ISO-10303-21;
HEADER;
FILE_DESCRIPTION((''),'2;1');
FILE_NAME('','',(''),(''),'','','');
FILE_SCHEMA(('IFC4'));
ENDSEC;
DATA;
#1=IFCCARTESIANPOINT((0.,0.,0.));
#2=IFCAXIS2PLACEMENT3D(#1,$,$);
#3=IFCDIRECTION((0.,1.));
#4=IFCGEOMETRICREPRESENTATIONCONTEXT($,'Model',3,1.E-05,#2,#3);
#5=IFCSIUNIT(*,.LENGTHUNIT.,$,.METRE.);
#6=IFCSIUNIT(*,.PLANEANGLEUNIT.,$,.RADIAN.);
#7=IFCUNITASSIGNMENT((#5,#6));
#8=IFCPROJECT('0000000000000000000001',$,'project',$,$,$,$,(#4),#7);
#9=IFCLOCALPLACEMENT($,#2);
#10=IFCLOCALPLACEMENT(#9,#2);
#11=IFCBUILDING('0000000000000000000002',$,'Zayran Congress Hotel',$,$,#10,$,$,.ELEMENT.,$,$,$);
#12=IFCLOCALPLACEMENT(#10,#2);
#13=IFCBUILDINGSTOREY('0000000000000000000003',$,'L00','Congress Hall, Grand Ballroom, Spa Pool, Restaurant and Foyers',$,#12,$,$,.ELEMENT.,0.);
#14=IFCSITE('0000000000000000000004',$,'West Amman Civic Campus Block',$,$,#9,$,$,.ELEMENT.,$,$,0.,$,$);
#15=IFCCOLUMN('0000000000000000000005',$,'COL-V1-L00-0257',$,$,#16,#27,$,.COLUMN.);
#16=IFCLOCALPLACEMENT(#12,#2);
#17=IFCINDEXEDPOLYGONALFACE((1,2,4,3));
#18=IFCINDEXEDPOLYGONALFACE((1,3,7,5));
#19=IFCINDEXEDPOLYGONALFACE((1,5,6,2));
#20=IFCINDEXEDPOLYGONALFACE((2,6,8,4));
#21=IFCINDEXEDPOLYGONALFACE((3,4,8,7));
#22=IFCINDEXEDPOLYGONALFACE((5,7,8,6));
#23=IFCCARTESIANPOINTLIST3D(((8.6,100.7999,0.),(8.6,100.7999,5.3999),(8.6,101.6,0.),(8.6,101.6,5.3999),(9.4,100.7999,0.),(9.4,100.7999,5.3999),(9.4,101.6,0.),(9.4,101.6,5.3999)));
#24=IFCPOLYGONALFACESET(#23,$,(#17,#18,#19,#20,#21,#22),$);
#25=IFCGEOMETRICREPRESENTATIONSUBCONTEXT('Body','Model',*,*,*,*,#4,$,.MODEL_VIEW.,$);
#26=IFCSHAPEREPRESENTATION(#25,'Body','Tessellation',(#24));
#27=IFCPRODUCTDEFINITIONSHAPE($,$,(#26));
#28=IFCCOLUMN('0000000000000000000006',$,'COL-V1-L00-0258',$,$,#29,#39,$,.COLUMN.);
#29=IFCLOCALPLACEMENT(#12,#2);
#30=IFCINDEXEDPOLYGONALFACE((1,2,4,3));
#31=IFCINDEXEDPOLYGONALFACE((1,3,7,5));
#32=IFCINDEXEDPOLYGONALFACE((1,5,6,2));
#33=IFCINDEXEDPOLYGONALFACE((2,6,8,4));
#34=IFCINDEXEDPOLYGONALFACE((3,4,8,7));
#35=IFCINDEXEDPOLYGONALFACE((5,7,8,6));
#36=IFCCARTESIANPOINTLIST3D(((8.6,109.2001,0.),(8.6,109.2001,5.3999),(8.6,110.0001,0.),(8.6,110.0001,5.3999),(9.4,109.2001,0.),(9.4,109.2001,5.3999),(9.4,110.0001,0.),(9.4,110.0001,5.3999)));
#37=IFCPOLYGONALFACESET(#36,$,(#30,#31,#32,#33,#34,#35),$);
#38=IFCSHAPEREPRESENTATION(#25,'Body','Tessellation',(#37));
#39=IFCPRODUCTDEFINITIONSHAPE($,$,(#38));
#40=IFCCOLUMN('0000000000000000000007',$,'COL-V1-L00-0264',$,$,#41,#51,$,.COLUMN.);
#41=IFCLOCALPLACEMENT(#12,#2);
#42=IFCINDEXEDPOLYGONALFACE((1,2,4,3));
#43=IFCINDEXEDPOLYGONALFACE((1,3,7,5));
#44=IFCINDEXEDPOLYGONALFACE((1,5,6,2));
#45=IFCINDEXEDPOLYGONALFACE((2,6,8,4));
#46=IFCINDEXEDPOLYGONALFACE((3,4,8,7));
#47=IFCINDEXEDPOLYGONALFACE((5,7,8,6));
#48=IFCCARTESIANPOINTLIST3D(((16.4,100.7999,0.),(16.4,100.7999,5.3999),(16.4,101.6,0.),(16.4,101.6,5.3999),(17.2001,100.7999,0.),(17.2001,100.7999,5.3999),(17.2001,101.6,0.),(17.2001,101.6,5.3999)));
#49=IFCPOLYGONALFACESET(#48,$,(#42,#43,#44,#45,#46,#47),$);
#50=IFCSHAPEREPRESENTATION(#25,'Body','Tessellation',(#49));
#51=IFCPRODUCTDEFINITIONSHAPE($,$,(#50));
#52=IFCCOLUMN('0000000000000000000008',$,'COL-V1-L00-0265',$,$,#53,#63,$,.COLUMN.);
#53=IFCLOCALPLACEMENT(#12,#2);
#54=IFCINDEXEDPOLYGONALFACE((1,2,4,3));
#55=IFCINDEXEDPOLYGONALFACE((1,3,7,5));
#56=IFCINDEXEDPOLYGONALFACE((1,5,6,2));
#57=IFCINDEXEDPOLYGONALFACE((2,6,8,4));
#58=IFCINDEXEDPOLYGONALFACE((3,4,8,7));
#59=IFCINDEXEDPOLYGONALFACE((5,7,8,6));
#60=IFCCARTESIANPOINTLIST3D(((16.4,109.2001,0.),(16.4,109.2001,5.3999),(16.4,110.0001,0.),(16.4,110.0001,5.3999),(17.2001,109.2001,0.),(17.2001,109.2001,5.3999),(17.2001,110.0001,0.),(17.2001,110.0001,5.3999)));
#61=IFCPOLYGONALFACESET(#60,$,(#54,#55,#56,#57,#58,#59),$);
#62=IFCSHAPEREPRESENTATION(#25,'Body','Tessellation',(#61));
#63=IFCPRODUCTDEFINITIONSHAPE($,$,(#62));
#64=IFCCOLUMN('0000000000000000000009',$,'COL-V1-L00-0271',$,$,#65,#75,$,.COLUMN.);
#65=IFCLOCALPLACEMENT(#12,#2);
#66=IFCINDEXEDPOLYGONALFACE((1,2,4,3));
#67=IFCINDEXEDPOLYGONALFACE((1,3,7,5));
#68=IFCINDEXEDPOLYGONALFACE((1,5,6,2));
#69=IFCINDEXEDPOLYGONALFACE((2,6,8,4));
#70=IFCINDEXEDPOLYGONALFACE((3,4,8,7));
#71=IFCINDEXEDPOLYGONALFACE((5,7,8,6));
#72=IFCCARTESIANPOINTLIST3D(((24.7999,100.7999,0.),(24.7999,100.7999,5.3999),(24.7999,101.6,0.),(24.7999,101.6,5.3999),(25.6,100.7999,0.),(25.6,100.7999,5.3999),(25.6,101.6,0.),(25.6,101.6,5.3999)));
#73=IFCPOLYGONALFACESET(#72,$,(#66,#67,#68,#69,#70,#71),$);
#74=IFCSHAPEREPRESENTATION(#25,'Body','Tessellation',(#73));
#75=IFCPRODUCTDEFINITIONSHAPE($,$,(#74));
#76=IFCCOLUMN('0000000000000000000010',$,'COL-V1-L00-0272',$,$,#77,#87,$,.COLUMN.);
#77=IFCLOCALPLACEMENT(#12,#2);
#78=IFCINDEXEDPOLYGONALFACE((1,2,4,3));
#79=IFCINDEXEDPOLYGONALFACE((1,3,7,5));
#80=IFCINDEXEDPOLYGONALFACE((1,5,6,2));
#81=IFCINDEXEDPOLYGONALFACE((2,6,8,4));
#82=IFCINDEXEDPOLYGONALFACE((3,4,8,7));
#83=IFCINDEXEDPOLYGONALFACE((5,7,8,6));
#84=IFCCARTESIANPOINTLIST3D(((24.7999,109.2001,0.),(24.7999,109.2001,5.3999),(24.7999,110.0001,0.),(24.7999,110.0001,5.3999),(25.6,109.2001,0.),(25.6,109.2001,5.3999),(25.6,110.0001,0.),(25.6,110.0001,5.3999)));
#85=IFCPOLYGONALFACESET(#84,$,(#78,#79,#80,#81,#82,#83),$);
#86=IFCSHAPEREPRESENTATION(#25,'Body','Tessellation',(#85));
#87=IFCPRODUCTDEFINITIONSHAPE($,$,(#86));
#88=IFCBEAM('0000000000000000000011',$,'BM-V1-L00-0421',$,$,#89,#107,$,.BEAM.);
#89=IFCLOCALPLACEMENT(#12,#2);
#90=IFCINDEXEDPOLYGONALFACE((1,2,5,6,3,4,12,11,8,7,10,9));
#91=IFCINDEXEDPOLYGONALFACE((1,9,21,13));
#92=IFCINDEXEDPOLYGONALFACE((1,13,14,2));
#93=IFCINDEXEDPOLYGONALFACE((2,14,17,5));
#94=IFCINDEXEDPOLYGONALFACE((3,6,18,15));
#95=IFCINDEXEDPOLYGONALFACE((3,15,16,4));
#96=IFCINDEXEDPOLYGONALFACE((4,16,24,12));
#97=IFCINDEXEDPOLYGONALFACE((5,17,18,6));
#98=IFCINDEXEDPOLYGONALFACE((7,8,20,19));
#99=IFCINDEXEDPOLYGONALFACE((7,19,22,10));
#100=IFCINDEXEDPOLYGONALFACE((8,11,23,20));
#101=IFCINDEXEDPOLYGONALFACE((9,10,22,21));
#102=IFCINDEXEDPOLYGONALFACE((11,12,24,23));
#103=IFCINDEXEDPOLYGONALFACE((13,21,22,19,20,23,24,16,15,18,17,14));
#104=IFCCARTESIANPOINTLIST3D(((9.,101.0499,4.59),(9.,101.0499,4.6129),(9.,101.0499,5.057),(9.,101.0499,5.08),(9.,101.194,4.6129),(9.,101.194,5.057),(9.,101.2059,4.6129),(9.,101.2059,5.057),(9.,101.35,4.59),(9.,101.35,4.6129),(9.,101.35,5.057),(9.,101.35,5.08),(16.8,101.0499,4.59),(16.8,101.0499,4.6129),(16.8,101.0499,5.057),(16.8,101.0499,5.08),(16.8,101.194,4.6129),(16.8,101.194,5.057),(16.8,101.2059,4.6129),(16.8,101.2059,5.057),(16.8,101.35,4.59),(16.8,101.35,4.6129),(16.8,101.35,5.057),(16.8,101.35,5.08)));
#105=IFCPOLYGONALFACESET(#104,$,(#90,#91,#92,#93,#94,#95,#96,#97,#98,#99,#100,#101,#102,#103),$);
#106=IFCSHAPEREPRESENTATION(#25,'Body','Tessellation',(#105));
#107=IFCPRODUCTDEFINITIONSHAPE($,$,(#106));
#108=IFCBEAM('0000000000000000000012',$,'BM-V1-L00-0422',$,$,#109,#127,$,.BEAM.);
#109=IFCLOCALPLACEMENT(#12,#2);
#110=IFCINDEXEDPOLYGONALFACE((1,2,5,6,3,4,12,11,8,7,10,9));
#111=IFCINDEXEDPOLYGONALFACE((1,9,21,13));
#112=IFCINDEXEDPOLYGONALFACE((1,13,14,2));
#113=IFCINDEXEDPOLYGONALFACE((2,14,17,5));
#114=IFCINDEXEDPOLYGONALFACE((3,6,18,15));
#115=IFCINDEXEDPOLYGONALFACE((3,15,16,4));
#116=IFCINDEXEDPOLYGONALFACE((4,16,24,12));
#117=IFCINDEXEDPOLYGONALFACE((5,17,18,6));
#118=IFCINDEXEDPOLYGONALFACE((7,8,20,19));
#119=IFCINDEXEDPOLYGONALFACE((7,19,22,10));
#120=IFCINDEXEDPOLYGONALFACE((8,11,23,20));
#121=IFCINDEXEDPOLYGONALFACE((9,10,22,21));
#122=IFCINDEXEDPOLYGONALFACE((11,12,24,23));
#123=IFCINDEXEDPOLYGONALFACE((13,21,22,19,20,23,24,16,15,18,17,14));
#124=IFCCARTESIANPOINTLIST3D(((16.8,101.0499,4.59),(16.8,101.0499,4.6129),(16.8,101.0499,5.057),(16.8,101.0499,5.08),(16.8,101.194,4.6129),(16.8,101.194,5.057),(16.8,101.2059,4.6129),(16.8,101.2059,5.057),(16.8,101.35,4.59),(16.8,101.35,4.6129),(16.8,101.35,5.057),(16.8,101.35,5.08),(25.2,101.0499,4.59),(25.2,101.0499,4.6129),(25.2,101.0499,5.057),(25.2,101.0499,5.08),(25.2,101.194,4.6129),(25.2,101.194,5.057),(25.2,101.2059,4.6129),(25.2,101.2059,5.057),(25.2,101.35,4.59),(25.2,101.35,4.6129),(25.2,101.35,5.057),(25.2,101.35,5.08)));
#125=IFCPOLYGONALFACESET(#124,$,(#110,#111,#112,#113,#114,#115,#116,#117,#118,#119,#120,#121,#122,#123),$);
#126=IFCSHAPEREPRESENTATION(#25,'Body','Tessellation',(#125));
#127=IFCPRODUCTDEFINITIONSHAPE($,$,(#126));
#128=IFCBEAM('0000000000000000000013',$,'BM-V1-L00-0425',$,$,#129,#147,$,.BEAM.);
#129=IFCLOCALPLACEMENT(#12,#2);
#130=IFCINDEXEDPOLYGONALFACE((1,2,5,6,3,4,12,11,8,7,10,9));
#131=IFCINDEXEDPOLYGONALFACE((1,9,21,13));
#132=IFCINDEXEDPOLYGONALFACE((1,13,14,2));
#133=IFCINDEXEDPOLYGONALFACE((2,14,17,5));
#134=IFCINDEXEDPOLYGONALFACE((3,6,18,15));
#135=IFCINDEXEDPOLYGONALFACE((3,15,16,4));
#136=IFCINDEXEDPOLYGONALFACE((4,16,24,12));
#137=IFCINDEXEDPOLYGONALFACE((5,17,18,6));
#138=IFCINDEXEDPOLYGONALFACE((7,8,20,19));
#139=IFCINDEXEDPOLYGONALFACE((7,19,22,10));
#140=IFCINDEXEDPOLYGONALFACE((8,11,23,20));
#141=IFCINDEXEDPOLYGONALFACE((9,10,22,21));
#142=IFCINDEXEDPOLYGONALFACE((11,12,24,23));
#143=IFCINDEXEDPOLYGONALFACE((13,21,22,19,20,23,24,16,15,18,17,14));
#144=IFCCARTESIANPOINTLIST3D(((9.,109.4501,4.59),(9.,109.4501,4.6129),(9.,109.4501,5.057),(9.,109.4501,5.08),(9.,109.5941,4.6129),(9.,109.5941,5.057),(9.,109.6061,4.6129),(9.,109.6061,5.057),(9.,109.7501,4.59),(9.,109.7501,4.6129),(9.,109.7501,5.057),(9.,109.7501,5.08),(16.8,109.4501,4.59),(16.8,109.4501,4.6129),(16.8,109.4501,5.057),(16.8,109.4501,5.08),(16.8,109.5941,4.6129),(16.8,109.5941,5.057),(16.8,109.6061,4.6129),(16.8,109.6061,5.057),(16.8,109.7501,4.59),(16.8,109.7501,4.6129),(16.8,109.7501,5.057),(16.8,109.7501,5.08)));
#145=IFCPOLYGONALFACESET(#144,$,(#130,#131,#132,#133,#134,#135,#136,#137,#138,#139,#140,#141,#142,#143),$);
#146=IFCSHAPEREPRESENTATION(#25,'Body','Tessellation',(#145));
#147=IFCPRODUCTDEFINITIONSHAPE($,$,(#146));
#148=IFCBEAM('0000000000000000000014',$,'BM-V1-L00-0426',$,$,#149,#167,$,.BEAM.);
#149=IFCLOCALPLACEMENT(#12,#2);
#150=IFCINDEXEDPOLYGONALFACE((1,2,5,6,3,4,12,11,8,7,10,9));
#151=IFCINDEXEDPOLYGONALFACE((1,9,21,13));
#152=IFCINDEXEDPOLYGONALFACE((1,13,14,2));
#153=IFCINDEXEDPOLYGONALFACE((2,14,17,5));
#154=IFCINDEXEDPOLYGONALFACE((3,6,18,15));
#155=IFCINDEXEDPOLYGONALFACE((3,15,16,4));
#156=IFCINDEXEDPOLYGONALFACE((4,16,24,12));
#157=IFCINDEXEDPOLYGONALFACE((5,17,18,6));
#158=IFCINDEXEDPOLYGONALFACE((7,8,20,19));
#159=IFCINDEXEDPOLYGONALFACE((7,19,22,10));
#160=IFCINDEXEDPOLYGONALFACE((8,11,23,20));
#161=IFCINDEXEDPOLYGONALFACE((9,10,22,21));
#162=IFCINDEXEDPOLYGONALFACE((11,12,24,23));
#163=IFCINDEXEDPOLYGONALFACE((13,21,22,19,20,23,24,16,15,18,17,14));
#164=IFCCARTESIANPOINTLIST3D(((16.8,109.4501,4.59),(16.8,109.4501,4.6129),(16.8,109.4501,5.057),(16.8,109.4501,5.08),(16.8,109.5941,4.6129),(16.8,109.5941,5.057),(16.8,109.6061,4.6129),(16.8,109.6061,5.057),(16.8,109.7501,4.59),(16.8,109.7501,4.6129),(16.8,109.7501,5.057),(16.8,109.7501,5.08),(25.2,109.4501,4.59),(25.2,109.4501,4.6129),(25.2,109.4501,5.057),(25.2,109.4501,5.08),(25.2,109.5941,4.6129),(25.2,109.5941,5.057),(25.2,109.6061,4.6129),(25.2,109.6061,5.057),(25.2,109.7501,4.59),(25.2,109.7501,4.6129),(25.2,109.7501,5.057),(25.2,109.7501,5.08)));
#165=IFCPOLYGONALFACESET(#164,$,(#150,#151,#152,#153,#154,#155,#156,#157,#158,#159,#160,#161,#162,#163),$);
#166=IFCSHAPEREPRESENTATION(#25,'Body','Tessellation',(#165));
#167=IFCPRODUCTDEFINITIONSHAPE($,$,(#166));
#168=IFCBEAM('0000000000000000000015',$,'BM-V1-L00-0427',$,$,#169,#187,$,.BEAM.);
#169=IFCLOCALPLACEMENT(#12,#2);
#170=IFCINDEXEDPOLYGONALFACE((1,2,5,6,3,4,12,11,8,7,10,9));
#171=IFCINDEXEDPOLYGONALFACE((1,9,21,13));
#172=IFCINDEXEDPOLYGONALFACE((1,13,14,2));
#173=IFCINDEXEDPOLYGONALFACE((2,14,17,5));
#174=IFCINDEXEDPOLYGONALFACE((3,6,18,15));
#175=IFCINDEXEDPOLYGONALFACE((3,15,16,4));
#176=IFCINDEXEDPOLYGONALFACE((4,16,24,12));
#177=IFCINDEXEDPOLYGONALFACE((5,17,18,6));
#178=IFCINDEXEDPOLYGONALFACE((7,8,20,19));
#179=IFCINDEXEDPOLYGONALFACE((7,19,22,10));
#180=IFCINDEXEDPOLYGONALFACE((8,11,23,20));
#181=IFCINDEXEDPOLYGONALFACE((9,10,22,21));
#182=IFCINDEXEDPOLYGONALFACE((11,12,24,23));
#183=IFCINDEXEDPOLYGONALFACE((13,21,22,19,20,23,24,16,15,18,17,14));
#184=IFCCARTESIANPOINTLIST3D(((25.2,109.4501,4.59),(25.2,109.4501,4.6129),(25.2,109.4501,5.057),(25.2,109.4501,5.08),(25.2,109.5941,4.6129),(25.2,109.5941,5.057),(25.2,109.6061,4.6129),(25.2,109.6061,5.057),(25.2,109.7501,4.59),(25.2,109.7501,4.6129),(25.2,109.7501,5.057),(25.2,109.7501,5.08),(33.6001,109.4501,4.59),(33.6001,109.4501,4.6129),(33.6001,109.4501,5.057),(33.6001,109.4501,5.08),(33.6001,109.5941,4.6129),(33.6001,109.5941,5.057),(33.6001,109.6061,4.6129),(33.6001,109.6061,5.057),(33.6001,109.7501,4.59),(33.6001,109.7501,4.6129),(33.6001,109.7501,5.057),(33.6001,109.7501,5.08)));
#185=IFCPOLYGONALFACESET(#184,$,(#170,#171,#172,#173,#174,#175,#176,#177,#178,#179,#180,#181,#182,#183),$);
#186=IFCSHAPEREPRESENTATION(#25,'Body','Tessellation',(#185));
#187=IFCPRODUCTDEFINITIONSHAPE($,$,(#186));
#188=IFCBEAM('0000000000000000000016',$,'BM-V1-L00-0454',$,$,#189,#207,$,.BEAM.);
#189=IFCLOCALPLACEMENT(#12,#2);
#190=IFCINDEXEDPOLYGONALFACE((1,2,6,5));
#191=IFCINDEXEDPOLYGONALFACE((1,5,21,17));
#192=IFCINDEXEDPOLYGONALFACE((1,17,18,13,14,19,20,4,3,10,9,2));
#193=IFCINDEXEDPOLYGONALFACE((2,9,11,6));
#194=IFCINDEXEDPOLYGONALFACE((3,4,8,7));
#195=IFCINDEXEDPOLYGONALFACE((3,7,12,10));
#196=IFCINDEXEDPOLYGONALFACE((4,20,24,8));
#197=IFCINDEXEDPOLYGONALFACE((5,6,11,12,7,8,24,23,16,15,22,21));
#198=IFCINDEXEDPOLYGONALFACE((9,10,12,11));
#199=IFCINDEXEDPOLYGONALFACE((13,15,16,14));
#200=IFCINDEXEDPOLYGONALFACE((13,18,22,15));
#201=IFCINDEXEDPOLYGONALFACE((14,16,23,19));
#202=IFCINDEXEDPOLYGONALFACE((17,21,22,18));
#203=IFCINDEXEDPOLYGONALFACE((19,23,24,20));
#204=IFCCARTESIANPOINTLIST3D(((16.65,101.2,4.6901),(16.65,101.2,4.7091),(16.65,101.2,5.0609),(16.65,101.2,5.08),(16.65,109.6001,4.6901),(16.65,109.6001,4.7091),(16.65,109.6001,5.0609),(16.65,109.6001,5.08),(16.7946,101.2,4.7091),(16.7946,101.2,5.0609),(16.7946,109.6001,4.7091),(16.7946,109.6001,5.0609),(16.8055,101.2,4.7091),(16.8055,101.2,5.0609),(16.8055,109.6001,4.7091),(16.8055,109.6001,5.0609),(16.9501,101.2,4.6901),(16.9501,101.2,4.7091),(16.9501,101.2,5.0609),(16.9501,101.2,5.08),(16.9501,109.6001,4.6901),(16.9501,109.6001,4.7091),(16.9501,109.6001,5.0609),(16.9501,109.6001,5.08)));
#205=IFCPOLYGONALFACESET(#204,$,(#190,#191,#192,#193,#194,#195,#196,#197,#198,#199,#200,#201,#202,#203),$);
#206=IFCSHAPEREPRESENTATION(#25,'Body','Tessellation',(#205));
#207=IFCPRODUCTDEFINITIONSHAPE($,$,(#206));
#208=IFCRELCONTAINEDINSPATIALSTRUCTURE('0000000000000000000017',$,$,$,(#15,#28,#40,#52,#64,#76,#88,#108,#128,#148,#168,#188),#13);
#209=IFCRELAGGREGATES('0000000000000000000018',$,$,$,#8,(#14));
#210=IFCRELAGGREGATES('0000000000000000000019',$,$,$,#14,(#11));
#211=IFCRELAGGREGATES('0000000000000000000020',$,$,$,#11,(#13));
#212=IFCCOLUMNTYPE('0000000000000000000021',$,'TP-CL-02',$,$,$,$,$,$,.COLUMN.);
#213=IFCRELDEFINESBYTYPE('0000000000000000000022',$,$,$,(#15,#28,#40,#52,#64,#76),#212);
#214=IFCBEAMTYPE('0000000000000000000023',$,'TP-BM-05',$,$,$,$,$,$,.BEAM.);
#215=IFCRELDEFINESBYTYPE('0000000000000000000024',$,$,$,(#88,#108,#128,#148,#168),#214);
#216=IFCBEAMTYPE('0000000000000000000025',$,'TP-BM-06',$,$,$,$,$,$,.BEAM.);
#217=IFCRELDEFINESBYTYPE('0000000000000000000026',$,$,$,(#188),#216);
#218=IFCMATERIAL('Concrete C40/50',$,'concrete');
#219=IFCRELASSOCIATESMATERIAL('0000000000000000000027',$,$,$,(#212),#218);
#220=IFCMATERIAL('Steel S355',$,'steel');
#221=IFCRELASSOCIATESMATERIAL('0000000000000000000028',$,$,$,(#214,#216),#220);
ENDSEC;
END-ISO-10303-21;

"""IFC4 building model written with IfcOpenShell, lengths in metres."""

from ifc_helpers import new_model, si_unit, direction, frame, origin, origin_2d, place, context, subcontext, project, spatial, rectangle, i_section, extrude, material, material_profile, profile_set, type_object, element, save


model = new_model("IFC4")

# Units and contexts
model_context = context("Model", 3, precision=1e-05, world=origin(), true_north=direction((0.0, 1.0)))
body_context = subcontext(model_context, "Body", "Model", "MODEL_VIEW")
ifc_project = project(units=[si_unit("LENGTHUNIT", "METRE"), si_unit("PLANEANGLEUNIT", "RADIAN")], contexts=[model_context])

# Site, building, storey
site_placement = place(None, origin())
site = spatial("IfcSite", under=ifc_project, at=site_placement, Name="West Amman Civic Campus Block", CompositionType="ELEMENT", RefElevation=0.0)
building_placement = place(site_placement, origin())
building = spatial("IfcBuilding", under=site, at=building_placement, Name="Zayran Congress Hotel", CompositionType="ELEMENT")
storey_placement = place(building_placement, origin())
storey = spatial("IfcBuildingStorey", under=building, at=storey_placement, Name="L00", Description="Congress Hall, Grand Ballroom, Spa Pool, Restaurant and Foyers", CompositionType="ELEMENT", Elevation=0.0)

# Columns
ifc_material_1 = material(Name="Concrete C40/50", Category="concrete")
ifc_material_profile_1 = material_profile(ifc_material_1, rectangle(XDim=0.8, YDim=0.8, at=origin_2d()), Name="RC 800x800")
ifc_profile_set_1 = profile_set([ifc_material_profile_1], Name="Concrete C40/50")
column_type = type_object("IfcColumnType", Name="TP-CL-02", PredefinedType="COLUMN", material=ifc_profile_set_1)
for number, where, z_axis, x_axis, name in (
    (1, (9.0, 101.2, 0.0), (0.0, 0.0, 1.0), (1.0, 0.0, 0.0), "COL-V1-L00-0257"),
    (2, (9.0, 109.6001, 0.0), (0.0, 0.0, 1.0), (1.0, 0.0, 0.0), "COL-V1-L00-0258"),
    (3, (16.8, 101.2, 0.0), (0.0, 0.0, 1.0), (1.0, 0.0, 0.0), "COL-V1-L00-0264"),
    (4, (16.8, 109.6001, 0.0), (0.0, 0.0, 1.0), (1.0, 0.0, 0.0), "COL-V1-L00-0265"),
    (5, (25.2, 101.2, 0.0), (0.0, 0.0, 1.0), (1.0, 0.0, 0.0), "COL-V1-L00-0271"),
    (6, (25.2, 109.6001, 0.0), (0.0, 0.0, 1.0), (1.0, 0.0, 0.0), "COL-V1-L00-0272"),
):
    element("IfcColumn", number, at=place(storey_placement, frame(where, z_axis=z_axis, x_axis=x_axis)), inside=storey, type_object=column_type, Name=name, PredefinedType="COLUMN", context=body_context, shape_type="SweptSolid", body=[
        extrude(rectangle(XDim=0.8, YDim=0.8, at=origin_2d()), origin(), (0.0, 0.0, 1.0), 5.3999),
    ])

# Beams
ifc_material_2 = material(Name="Steel S355", Category="steel")
ifc_material_profile_2 = material_profile(ifc_material_2, i_section(OverallWidth=0.3, OverallDepth=0.49, WebThickness=0.012, FlangeThickness=0.0229, at=origin_2d()), Name="HEA 500")
ifc_profile_set_2 = profile_set([ifc_material_profile_2], Name="Steel S355")
beam_type_1 = type_object("IfcBeamType", Name="TP-BM-05", PredefinedType="BEAM", material=ifc_profile_set_2)
beam_1_placement = place(storey_placement, frame((9.0, 101.2, 4.835), z_axis=(1.0, 0.0, 0.0), x_axis=(0.0, 1.0, 0.0)))
element("IfcBeam", 7, at=beam_1_placement, inside=storey, type_object=beam_type_1, Name="BM-V1-L00-0421", PredefinedType="BEAM", context=body_context, shape_type="SweptSolid", body=[
    extrude(i_section(OverallWidth=0.3, OverallDepth=0.49, WebThickness=0.012, FlangeThickness=0.0229, at=origin_2d()), origin(), (0.0, 0.0, 1.0), 7.8),
])
beam_2_placement = place(storey_placement, frame((16.8, 101.2, 4.835), z_axis=(1.0, 0.0, 0.0), x_axis=(0.0, 1.0, 0.0)))
element("IfcBeam", 8, at=beam_2_placement, inside=storey, type_object=beam_type_1, Name="BM-V1-L00-0422", PredefinedType="BEAM", context=body_context, shape_type="SweptSolid", body=[
    extrude(i_section(OverallWidth=0.3, OverallDepth=0.49, WebThickness=0.012, FlangeThickness=0.0229, at=origin_2d()), origin(), (0.0, 0.0, 1.0), 8.3999),
])
beam_3_placement = place(storey_placement, frame((9.0, 109.6001, 4.835), z_axis=(1.0, 0.0, 0.0), x_axis=(0.0, 1.0, 0.0)))
element("IfcBeam", 9, at=beam_3_placement, inside=storey, type_object=beam_type_1, Name="BM-V1-L00-0425", PredefinedType="BEAM", context=body_context, shape_type="SweptSolid", body=[
    extrude(i_section(OverallWidth=0.3, OverallDepth=0.49, WebThickness=0.012, FlangeThickness=0.0229, at=origin_2d()), origin(), (0.0, 0.0, 1.0), 7.8),
])
beam_4_placement = place(storey_placement, frame((16.8, 109.6001, 4.835), z_axis=(1.0, 0.0, 0.0), x_axis=(0.0, 1.0, 0.0)))
element("IfcBeam", 10, at=beam_4_placement, inside=storey, type_object=beam_type_1, Name="BM-V1-L00-0426", PredefinedType="BEAM", context=body_context, shape_type="SweptSolid", body=[
    extrude(i_section(OverallWidth=0.3, OverallDepth=0.49, WebThickness=0.012, FlangeThickness=0.0229, at=origin_2d()), origin(), (0.0, 0.0, 1.0), 8.3999),
])
beam_5_placement = place(storey_placement, frame((25.2, 109.6001, 4.835), z_axis=(1.0, 0.0, 0.0), x_axis=(0.0, 1.0, 0.0)))
element("IfcBeam", 11, at=beam_5_placement, inside=storey, type_object=beam_type_1, Name="BM-V1-L00-0427", PredefinedType="BEAM", context=body_context, shape_type="SweptSolid", body=[
    extrude(i_section(OverallWidth=0.3, OverallDepth=0.49, WebThickness=0.012, FlangeThickness=0.0229, at=origin_2d()), origin(), (0.0, 0.0, 1.0), 8.4001),
])
ifc_material_profile_3 = material_profile(ifc_material_2, i_section(OverallWidth=0.3, OverallDepth=0.3899, WebThickness=0.011, FlangeThickness=0.019, at=origin_2d()), Name="HEA 400")
ifc_profile_set_3 = profile_set([ifc_material_profile_3], Name="Steel S355")
beam_type_2 = type_object("IfcBeamType", Name="TP-BM-06", PredefinedType="BEAM", material=ifc_profile_set_3)
for number, where, z_axis, x_axis, name in (
    (12, (16.8, 101.2, 4.885), (0.0, 1.0, 0.0), (-1.0, 0.0, 0.0), "BM-V1-L00-0454"),
):
    element("IfcBeam", number, at=place(storey_placement, frame(where, z_axis=z_axis, x_axis=x_axis)), inside=storey, type_object=beam_type_2, Name=name, PredefinedType="BEAM", context=body_context, shape_type="SweptSolid", body=[
        extrude(i_section(OverallWidth=0.3, OverallDepth=0.3899, WebThickness=0.011, FlangeThickness=0.019, at=origin_2d()), origin(), (0.0, 0.0, 1.0), 8.4001),
    ])

save(model, "model.ifc")
